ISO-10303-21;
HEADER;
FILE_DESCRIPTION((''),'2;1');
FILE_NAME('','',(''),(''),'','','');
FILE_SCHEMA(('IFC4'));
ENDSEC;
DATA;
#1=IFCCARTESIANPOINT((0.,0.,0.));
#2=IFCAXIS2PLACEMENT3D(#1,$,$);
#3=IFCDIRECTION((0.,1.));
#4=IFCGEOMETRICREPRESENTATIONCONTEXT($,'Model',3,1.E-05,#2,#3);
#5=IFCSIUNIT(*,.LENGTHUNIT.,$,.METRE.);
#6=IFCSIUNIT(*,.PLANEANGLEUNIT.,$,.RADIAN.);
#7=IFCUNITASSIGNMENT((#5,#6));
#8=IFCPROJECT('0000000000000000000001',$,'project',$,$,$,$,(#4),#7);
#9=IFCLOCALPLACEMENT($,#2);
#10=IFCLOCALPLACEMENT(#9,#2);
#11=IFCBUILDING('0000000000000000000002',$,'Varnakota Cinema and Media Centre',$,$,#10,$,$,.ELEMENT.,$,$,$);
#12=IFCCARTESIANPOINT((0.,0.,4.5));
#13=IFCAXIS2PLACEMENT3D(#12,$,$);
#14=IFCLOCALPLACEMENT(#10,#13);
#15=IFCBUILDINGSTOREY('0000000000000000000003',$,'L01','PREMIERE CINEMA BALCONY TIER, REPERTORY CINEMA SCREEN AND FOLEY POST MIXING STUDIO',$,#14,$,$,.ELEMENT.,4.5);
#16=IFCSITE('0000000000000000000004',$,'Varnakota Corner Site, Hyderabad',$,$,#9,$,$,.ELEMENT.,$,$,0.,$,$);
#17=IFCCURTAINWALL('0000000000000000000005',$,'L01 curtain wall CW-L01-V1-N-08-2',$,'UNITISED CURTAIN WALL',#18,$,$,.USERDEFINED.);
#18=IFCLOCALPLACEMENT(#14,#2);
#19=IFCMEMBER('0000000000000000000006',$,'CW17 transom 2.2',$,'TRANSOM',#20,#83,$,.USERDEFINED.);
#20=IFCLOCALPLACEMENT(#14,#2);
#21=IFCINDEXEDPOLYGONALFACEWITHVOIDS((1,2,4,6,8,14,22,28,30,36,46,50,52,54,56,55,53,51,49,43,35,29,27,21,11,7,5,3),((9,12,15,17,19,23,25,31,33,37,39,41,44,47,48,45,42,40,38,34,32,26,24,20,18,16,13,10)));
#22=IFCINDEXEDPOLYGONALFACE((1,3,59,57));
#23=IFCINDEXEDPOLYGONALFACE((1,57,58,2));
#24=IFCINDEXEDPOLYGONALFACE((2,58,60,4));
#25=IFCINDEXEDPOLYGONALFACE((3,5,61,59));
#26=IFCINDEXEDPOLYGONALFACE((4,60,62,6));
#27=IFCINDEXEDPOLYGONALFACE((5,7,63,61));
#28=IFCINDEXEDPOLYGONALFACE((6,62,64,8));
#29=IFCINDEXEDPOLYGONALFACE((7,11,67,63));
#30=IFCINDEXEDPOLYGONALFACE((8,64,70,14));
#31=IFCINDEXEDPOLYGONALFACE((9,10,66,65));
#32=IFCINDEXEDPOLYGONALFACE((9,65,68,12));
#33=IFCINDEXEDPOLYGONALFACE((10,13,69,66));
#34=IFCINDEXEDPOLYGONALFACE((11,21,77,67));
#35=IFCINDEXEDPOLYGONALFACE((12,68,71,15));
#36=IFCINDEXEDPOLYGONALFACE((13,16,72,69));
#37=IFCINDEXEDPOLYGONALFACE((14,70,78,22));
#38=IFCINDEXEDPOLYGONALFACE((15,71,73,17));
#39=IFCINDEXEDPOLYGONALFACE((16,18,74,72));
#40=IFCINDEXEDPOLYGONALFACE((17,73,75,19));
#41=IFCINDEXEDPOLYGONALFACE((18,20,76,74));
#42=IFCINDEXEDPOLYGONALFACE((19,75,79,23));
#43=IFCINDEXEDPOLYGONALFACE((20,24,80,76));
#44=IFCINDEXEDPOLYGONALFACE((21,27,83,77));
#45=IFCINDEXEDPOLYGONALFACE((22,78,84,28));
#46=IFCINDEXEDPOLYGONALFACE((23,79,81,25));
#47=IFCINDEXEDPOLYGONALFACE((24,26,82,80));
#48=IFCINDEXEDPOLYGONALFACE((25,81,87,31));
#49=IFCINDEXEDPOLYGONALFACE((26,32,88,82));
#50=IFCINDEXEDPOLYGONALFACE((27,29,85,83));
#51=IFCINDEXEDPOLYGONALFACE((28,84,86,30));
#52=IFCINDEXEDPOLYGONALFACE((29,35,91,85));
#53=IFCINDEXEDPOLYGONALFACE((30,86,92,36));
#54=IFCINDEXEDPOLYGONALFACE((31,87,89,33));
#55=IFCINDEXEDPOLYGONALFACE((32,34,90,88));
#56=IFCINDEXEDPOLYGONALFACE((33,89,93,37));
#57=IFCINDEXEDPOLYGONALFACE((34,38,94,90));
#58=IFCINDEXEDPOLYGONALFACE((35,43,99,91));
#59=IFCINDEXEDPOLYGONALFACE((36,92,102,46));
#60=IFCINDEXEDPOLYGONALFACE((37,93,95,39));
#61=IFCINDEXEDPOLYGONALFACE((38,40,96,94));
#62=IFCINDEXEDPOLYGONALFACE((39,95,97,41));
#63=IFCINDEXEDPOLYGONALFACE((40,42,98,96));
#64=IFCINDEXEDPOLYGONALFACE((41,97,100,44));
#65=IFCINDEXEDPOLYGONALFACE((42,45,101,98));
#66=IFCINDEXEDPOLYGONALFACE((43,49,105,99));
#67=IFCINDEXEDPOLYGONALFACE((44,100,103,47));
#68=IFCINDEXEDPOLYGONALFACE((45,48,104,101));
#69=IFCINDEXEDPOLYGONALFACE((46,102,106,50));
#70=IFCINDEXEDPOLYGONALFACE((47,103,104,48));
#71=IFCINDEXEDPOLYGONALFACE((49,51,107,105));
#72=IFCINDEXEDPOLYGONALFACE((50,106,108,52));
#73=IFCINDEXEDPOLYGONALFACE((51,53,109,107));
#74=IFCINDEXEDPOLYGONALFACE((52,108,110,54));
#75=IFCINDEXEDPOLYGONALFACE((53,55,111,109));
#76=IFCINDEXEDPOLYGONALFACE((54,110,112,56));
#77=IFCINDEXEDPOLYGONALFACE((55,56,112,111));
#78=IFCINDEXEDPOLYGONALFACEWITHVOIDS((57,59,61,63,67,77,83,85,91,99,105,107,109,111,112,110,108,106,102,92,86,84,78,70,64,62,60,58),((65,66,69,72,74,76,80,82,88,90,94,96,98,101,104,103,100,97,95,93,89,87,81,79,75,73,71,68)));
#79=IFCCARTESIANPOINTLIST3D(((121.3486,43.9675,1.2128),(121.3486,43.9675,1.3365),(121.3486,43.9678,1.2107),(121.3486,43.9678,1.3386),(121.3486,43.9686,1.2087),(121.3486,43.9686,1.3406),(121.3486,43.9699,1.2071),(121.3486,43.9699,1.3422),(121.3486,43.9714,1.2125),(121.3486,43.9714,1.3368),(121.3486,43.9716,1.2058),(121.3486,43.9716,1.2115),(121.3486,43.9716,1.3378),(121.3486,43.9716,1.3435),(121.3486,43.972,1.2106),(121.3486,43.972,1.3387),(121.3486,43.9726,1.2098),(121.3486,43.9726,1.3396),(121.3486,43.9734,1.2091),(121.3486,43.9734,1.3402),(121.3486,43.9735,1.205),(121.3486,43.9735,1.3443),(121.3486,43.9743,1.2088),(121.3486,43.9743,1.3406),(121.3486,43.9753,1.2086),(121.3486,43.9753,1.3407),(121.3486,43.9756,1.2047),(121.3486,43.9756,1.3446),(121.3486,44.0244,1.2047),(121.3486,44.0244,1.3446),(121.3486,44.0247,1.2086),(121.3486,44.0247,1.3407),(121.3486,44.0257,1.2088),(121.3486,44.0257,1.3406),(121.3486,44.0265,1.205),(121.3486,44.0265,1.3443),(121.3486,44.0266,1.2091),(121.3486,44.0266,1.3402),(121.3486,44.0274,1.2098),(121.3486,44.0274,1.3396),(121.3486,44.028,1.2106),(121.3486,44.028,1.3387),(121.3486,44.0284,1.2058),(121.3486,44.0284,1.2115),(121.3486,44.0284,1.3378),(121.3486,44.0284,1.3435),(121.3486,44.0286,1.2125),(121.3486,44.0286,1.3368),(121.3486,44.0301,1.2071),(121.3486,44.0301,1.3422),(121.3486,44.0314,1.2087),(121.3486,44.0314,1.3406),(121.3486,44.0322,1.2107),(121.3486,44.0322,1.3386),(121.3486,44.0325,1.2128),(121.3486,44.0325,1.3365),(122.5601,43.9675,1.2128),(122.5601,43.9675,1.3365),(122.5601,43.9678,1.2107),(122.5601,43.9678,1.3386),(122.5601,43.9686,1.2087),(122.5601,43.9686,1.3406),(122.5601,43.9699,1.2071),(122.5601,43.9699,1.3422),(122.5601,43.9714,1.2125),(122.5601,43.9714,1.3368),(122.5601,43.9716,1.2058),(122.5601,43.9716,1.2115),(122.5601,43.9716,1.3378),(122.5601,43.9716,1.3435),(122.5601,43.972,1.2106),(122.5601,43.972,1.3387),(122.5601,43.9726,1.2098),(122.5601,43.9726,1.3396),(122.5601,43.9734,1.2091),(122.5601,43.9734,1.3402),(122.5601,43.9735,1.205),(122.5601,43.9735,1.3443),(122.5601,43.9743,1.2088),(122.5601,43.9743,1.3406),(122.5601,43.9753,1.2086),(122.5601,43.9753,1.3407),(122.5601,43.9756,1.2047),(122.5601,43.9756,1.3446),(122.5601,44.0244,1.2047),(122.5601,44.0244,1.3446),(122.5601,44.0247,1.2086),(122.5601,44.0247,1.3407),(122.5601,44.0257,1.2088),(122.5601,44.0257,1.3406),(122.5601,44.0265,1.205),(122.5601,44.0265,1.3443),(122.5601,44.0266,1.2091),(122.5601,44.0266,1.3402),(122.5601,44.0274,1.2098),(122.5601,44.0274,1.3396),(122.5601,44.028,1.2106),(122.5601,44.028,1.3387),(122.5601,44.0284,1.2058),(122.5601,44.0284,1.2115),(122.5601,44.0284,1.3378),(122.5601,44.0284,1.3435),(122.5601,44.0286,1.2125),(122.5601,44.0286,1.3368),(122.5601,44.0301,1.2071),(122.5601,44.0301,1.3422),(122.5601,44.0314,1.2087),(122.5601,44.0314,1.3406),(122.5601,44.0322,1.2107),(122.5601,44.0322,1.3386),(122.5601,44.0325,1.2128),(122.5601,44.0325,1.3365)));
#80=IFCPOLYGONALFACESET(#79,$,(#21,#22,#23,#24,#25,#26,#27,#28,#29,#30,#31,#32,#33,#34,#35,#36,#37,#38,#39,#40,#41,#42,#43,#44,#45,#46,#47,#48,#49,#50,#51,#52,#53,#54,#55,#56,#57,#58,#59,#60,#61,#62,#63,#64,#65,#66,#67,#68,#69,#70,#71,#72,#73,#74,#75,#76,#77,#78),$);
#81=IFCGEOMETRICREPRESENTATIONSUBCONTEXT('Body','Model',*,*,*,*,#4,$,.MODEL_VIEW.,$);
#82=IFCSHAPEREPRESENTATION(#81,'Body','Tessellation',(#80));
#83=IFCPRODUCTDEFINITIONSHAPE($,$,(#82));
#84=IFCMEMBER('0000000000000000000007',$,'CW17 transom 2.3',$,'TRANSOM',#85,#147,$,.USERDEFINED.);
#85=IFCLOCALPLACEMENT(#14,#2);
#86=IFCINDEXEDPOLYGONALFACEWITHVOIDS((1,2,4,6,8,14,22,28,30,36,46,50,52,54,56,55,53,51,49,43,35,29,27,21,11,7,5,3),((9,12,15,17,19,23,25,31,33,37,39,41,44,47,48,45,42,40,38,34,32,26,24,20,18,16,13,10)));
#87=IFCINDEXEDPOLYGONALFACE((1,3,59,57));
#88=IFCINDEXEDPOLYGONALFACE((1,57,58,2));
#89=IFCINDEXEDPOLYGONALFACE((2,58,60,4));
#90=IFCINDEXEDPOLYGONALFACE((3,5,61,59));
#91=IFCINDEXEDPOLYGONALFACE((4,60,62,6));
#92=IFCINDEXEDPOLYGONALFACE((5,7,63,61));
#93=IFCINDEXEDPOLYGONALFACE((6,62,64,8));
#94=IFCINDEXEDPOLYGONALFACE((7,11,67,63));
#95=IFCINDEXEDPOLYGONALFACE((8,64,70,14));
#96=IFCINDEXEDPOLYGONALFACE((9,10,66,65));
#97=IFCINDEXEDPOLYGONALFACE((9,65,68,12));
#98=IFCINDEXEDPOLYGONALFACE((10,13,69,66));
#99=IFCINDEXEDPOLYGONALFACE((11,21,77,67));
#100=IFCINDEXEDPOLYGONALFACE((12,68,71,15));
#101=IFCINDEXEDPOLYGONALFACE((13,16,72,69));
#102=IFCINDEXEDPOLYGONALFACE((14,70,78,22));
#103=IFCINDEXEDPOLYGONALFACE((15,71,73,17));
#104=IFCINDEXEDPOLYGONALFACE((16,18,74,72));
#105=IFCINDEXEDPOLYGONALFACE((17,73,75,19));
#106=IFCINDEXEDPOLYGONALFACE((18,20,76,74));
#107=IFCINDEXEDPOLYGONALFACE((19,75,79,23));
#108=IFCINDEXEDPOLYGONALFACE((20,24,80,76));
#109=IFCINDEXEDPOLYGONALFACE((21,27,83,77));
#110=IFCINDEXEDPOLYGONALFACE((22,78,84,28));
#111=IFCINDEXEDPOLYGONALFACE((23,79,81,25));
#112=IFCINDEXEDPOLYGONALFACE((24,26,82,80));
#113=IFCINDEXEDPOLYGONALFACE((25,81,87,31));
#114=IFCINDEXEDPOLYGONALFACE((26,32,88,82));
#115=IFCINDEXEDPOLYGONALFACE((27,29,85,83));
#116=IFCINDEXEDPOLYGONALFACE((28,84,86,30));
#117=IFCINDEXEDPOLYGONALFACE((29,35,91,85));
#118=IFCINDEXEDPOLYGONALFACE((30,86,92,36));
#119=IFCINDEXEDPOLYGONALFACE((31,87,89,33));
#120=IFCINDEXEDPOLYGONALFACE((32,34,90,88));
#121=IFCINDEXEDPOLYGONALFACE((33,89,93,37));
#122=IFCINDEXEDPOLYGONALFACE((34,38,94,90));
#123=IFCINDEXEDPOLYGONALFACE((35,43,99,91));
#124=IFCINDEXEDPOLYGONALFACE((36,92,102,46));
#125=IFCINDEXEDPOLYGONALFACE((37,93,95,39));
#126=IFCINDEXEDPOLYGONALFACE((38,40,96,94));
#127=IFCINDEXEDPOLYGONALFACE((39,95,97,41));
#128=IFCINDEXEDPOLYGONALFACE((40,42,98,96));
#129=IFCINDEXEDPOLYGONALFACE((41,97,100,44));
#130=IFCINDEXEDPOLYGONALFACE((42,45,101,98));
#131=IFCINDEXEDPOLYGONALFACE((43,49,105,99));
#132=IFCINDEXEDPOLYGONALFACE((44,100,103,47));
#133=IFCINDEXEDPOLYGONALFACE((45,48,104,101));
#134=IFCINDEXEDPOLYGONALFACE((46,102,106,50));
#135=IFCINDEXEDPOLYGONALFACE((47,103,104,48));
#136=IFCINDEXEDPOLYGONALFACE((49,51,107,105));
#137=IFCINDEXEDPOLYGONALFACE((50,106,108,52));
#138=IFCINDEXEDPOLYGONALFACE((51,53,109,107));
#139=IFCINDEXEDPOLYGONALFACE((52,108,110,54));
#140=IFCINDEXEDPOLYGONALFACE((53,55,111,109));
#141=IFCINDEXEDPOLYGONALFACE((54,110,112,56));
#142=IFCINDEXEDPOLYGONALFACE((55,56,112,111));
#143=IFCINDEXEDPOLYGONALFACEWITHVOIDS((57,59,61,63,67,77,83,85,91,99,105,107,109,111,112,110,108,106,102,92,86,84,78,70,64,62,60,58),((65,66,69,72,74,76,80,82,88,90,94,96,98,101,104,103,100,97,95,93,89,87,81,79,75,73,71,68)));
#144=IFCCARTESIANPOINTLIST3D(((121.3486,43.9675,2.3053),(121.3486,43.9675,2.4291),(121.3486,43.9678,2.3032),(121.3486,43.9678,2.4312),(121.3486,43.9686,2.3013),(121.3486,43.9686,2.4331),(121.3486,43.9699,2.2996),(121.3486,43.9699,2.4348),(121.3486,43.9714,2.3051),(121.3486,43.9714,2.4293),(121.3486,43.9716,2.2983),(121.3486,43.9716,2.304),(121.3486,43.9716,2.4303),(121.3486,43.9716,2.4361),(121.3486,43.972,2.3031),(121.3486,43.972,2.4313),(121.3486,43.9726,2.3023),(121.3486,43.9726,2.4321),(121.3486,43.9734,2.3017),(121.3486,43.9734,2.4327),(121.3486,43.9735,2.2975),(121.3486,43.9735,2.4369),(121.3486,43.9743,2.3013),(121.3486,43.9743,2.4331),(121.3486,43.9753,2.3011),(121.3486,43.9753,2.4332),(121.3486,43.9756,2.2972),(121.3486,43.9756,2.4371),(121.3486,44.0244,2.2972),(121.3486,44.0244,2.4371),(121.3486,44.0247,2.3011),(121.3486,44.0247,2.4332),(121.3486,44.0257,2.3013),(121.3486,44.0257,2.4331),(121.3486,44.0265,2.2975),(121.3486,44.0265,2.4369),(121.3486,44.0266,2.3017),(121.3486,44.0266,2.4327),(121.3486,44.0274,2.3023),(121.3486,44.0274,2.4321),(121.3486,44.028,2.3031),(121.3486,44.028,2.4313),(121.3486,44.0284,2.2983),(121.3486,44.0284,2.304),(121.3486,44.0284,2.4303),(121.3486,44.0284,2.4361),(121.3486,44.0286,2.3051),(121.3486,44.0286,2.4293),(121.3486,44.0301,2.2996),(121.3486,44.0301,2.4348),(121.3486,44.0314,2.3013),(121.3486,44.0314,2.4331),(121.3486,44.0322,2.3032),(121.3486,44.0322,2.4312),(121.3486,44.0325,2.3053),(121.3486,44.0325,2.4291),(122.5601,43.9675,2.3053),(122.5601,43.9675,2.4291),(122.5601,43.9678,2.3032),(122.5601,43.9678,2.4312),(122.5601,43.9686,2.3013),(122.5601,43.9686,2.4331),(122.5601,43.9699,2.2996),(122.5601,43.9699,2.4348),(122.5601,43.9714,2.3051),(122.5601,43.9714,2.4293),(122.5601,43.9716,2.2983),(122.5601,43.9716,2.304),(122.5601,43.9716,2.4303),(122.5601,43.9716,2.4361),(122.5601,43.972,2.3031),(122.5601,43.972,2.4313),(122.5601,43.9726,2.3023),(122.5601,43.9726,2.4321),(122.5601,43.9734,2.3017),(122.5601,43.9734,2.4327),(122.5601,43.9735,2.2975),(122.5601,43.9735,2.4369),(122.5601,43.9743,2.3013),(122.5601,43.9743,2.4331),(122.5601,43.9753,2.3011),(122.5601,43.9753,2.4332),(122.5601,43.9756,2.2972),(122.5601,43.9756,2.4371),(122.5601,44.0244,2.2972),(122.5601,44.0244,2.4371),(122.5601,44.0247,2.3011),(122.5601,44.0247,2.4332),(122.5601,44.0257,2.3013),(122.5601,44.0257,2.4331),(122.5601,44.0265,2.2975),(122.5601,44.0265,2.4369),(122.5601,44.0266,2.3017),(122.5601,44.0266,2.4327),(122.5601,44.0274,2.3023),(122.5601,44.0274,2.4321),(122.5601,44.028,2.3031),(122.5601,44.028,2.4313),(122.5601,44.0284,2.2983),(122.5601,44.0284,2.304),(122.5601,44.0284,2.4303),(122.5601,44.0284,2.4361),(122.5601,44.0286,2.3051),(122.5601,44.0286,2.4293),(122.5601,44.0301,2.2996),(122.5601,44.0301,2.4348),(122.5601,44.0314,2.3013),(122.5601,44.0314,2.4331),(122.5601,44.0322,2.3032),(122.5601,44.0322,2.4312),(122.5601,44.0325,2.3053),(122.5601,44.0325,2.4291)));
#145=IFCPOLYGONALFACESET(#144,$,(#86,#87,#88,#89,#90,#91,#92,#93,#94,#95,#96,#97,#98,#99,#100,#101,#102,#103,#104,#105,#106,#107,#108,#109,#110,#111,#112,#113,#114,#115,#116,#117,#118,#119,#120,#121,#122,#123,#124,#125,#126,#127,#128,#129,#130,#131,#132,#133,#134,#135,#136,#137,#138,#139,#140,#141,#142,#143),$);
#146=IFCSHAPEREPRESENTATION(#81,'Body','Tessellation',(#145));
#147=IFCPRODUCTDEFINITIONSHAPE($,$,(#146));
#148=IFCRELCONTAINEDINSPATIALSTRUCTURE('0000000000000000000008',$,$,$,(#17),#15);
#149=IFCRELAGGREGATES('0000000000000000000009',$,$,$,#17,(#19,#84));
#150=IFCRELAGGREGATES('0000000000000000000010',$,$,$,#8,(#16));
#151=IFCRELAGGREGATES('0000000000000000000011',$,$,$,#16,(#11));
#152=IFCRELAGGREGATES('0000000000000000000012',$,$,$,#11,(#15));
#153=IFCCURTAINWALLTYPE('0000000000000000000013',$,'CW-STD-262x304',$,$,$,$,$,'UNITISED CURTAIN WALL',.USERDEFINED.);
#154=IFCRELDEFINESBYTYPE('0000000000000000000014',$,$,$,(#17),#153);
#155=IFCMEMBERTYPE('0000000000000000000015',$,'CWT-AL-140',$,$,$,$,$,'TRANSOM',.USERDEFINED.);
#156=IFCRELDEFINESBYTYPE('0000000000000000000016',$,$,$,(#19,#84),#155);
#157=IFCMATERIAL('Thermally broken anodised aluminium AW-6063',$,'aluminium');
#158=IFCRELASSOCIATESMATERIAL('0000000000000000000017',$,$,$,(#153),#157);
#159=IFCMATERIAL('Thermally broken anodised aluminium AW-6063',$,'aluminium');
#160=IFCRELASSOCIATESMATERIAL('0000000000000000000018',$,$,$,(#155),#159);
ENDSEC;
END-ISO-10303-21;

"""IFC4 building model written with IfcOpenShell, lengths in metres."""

from ifc_helpers import new_model, si_unit, direction, frame, origin, origin_2d, place, context, subcontext, project, spatial, hollow_rectangle, extrude, material, material_profile, profile_set, type_object, element, aggregate, save


model = new_model("IFC4")

# Units and contexts
model_context = context("Model", 3, precision=1e-05, world=origin(), true_north=direction((0.0, 1.0)))
body_context = subcontext(model_context, "Body", "Model", "MODEL_VIEW")
ifc_project = project(units=[si_unit("LENGTHUNIT", "METRE"), si_unit("PLANEANGLEUNIT", "RADIAN")], contexts=[model_context])

# Site, building, storey
site_placement = place(None, origin())
site = spatial("IfcSite", under=ifc_project, at=site_placement, Name="Varnakota Corner Site, Hyderabad", CompositionType="ELEMENT", RefElevation=0.0)
building_placement = place(site_placement, origin())
building = spatial("IfcBuilding", under=site, at=building_placement, Name="Varnakota Cinema and Media Centre", CompositionType="ELEMENT")
storey_placement = place(building_placement, frame((0.0, 0.0, 4.5)))
storey = spatial("IfcBuildingStorey", under=building, at=storey_placement, Name="L01", Description="PREMIERE CINEMA BALCONY TIER, REPERTORY CINEMA SCREEN AND FOLEY POST MIXING STUDIO", CompositionType="ELEMENT", Elevation=4.5)

# Curtain wall
ifc_material_1 = material(Name="Thermally broken anodised aluminium AW-6063", Category="aluminium")
curtain_wall_type = type_object("IfcCurtainWallType", Name="CW-STD-262x304", ElementType="UNITISED CURTAIN WALL", PredefinedType="USERDEFINED", material=ifc_material_1)
curtain_wall_1_placement = place(storey_placement, origin())
curtain_wall_1 = element("IfcCurtainWall", 1, at=curtain_wall_1_placement, inside=storey, type_object=curtain_wall_type, Name="L01 curtain wall CW-L01-V1-N-08-2", ObjectType="UNITISED CURTAIN WALL", PredefinedType="USERDEFINED")

# Members
ifc_material_2 = material(Name="Thermally broken anodised aluminium AW-6063", Category="aluminium")
ifc_material_profile_1 = material_profile(ifc_material_2, hollow_rectangle(XDim=0.0649, YDim=0.1399, WallThickness=0.0039, InnerFilletRadius=0.0039, OuterFilletRadius=0.0081, at=origin_2d()), Name="AL-TRANSOM 140x65x4")
ifc_profile_set_1 = profile_set([ifc_material_profile_1], Name="Thermally broken anodised aluminium AW-6063")
member_type_1 = type_object("IfcMemberType", Name="CWT-AL-140", ElementType="TRANSOM", PredefinedType="USERDEFINED", material=ifc_profile_set_1)
member_1_placement = place(storey_placement, frame((121.3486, 44.0, 1.2747), z_axis=(1.0, 0.0, 0.0), x_axis=(0.0, 1.0, 0.0)))
member_1 = element("IfcMember", 2, at=member_1_placement, type_object=member_type_1, Name="CW17 transom 2.2", ObjectType="TRANSOM", PredefinedType="USERDEFINED", context=body_context, shape_type="SweptSolid", body=[
    extrude(hollow_rectangle(XDim=0.0649, YDim=0.1399, WallThickness=0.0039, InnerFilletRadius=0.0039, OuterFilletRadius=0.0081, at=origin_2d()), origin(), (0.0, 0.0, 1.0), 1.2114),
])
member_2_placement = place(storey_placement, frame((121.3486, 44.0, 2.3672), z_axis=(1.0, 0.0, 0.0), x_axis=(0.0, 1.0, 0.0)))
member_2 = element("IfcMember", 3, at=member_2_placement, type_object=member_type_1, Name="CW17 transom 2.3", ObjectType="TRANSOM", PredefinedType="USERDEFINED", context=body_context, shape_type="SweptSolid", body=[
    extrude(hollow_rectangle(XDim=0.0649, YDim=0.1399, WallThickness=0.0039, InnerFilletRadius=0.0039, OuterFilletRadius=0.0081, at=origin_2d()), origin(), (0.0, 0.0, 1.0), 1.2114),
])

aggregate(curtain_wall_1, [member_1, member_2])

save(model, "model.ifc")
